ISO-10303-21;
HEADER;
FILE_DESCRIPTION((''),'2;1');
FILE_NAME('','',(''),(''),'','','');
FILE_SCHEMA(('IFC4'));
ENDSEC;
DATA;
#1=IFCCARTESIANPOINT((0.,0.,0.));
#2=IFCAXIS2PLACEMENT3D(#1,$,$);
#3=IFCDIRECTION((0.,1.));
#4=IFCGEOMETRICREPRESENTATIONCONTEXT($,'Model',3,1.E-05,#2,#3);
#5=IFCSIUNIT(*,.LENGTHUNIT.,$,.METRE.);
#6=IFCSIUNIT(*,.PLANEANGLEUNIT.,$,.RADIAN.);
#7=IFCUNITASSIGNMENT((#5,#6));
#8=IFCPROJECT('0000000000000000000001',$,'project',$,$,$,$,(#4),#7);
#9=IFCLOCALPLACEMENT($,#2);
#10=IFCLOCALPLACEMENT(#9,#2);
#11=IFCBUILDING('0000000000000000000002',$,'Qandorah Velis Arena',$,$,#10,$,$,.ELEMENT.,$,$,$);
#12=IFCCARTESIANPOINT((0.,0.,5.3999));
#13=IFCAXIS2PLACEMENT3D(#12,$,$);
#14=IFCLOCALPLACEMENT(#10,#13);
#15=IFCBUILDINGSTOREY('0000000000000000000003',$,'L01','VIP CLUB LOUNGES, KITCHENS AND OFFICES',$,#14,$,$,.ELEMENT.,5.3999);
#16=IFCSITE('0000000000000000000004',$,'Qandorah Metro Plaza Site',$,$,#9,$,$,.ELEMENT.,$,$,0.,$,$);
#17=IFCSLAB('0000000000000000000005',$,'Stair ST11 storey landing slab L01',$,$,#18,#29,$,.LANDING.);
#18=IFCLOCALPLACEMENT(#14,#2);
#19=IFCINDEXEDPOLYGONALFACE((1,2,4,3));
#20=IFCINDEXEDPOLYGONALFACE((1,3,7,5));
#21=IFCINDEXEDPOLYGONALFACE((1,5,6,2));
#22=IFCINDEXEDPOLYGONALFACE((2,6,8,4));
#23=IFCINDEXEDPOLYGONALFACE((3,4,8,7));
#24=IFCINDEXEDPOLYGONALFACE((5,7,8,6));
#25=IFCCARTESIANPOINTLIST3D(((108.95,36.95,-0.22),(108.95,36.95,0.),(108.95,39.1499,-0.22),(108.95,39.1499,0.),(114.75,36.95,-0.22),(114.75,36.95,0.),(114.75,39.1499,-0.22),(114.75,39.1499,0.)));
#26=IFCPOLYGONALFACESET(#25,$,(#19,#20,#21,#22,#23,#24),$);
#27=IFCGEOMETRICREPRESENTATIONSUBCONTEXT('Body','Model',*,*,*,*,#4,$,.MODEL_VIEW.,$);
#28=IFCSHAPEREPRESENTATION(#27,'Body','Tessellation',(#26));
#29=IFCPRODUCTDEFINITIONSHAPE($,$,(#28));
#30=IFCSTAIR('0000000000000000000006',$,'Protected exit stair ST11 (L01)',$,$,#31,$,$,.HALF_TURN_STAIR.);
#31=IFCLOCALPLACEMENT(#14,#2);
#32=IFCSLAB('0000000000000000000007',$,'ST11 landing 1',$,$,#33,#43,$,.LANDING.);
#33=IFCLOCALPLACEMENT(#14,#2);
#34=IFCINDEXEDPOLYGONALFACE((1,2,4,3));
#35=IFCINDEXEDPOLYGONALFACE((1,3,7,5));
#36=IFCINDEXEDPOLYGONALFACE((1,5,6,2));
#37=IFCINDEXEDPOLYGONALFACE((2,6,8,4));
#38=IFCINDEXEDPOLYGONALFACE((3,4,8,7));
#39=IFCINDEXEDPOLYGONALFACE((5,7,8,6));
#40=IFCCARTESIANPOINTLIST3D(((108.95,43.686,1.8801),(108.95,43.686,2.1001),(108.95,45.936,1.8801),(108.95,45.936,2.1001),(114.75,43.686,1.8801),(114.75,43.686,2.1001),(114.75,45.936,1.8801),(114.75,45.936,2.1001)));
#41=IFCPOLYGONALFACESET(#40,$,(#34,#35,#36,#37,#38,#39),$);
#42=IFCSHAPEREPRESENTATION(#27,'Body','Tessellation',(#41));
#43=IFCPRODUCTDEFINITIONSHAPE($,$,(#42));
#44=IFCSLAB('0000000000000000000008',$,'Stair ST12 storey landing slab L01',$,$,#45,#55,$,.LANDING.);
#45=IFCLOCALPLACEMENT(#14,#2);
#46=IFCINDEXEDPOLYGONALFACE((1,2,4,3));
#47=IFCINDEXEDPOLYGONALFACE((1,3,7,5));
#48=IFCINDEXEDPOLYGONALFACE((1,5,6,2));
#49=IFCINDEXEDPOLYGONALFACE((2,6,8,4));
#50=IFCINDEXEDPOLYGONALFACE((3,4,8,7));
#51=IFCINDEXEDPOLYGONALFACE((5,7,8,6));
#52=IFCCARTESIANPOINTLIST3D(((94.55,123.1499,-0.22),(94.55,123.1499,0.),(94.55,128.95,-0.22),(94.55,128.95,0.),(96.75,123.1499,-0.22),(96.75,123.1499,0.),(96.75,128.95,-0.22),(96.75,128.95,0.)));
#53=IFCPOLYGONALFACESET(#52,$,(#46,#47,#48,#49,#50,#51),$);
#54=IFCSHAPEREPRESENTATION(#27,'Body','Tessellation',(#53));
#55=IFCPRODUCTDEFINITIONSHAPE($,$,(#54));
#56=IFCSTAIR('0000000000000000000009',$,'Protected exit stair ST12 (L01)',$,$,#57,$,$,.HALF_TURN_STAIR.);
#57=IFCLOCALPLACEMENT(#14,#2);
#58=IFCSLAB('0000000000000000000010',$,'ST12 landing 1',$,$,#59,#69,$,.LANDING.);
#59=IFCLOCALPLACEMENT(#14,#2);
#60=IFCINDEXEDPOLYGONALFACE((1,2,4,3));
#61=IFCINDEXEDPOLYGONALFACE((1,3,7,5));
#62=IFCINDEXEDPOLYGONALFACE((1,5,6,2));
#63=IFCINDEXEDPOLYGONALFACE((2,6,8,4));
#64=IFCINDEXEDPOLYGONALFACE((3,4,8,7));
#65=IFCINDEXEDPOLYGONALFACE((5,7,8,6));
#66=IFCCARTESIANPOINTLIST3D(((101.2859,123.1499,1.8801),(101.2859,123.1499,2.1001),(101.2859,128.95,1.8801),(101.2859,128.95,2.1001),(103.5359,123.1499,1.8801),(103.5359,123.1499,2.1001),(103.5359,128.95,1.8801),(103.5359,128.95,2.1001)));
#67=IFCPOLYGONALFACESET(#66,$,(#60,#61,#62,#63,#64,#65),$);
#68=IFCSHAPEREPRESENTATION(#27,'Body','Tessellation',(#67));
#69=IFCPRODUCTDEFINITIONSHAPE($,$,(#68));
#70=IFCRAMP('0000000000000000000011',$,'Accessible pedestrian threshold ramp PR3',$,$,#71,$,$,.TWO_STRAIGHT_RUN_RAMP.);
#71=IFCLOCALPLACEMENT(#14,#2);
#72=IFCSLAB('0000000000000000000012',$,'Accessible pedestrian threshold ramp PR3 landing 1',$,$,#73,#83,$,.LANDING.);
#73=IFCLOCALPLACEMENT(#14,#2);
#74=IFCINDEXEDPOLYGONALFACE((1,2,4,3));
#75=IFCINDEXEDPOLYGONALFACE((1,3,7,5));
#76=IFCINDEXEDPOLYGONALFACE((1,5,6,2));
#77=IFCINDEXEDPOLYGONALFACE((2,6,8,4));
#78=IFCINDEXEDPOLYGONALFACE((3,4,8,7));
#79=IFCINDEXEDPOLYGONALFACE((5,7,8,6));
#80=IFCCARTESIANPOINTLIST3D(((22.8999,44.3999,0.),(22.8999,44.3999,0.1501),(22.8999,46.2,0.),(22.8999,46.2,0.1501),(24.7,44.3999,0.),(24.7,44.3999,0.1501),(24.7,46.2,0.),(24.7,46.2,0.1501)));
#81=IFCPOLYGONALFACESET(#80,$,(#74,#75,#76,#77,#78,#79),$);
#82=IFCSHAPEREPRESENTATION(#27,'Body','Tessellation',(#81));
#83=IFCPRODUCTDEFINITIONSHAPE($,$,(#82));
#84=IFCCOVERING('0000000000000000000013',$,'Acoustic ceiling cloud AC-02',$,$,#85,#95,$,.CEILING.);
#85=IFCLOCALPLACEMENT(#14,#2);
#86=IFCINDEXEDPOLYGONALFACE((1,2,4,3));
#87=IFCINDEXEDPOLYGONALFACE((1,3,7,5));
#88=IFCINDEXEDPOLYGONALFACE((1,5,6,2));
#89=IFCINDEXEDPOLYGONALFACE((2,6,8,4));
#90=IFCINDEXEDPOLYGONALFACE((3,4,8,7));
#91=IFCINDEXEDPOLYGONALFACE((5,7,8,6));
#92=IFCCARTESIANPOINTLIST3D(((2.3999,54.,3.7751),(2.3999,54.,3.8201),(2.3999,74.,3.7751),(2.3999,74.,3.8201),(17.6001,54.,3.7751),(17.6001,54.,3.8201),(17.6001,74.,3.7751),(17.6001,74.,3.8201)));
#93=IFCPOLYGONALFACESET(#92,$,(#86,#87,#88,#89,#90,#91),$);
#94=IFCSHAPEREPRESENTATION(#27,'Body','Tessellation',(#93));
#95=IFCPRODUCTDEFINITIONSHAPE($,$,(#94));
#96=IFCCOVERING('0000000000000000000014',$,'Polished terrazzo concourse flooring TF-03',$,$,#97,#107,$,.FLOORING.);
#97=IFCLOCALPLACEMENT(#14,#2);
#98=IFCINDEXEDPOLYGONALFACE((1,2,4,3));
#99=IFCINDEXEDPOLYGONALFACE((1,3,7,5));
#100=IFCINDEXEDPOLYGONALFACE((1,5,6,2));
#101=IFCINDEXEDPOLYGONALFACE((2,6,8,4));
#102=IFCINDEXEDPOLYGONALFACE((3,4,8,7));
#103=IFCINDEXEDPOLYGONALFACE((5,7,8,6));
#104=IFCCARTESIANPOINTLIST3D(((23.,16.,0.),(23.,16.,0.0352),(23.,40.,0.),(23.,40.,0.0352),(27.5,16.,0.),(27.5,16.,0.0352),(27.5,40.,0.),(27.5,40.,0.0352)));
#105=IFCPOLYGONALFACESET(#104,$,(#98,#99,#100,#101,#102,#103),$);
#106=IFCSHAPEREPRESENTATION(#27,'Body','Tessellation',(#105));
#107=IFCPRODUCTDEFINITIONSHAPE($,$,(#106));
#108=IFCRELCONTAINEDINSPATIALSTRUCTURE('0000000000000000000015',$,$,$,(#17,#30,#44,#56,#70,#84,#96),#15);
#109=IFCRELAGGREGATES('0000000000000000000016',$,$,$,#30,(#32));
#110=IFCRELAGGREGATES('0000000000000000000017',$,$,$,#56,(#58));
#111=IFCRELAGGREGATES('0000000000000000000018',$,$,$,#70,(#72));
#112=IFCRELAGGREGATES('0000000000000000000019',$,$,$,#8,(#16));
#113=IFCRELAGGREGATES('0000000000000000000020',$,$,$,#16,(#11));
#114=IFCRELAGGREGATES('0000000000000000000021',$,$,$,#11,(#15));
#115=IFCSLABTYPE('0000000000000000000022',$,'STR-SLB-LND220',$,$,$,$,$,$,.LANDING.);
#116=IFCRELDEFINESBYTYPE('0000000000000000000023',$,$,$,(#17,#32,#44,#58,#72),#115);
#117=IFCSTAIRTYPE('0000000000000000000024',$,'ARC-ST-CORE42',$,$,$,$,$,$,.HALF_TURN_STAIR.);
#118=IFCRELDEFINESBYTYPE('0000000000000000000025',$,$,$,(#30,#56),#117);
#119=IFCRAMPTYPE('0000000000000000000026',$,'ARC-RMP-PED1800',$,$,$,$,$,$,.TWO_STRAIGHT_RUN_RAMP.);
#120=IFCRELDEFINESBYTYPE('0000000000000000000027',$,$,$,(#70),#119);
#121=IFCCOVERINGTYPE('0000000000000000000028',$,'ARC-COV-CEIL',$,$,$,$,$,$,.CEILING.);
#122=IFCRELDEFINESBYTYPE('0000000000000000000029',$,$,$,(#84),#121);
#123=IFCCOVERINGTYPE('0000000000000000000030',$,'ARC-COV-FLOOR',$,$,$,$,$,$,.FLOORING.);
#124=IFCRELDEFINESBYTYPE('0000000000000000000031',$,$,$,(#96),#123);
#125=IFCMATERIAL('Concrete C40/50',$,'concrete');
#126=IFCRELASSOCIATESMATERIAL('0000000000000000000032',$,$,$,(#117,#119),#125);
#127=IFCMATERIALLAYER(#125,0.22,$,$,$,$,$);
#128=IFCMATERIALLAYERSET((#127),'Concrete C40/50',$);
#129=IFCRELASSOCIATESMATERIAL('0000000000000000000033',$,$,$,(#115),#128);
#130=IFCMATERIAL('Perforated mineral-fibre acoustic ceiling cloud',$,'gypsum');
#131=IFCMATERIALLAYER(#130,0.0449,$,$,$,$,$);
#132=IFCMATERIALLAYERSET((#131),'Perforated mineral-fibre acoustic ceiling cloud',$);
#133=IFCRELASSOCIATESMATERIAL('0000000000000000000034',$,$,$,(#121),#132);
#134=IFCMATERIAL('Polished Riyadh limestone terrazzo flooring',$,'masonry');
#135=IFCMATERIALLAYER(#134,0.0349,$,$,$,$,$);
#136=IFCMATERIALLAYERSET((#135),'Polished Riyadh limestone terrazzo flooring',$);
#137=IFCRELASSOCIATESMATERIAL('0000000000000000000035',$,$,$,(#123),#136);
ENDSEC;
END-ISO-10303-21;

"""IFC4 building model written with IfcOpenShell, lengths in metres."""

from ifc_helpers import new_model, si_unit, direction, frame, origin, place, context, subcontext, project, spatial, polyline, outline, extrude, material, layer, layer_set, type_object, element, aggregate, save


model = new_model("IFC4")

# Units and contexts
model_context = context("Model", 3, precision=1e-05, world=origin(), true_north=direction((0.0, 1.0)))
body_context = subcontext(model_context, "Body", "Model", "MODEL_VIEW")
ifc_project = project(units=[si_unit("LENGTHUNIT", "METRE"), si_unit("PLANEANGLEUNIT", "RADIAN")], contexts=[model_context])

# Site, building, storey
site_placement = place(None, origin())
site = spatial("IfcSite", under=ifc_project, at=site_placement, Name="Qandorah Metro Plaza Site", CompositionType="ELEMENT", RefElevation=0.0)
building_placement = place(site_placement, origin())
building = spatial("IfcBuilding", under=site, at=building_placement, Name="Qandorah Velis Arena", CompositionType="ELEMENT")
storey_placement = place(building_placement, frame((0.0, 0.0, 5.3999)))
storey = spatial("IfcBuildingStorey", under=building, at=storey_placement, Name="L01", Description="VIP CLUB LOUNGES, KITCHENS AND OFFICES", CompositionType="ELEMENT", Elevation=5.3999)

# Shared definitions
ifc_material_1 = material(Name="Concrete C40/50", Category="concrete")
stair_type = type_object("IfcStairType", Name="ARC-ST-CORE42", PredefinedType="HALF_TURN_STAIR", material=ifc_material_1)
ifc_layer_1 = layer(ifc_material_1, 0.22)
ifc_layer_set_1 = layer_set([ifc_layer_1], Name="Concrete C40/50")
slab_type = type_object("IfcSlabType", Name="STR-SLB-LND220", PredefinedType="LANDING", material=ifc_layer_set_1)

# Slab
slab_1_placement = place(storey_placement, frame((0.0, 0.0, -0.22)))
element("IfcSlab", 1, at=slab_1_placement, inside=storey, type_object=slab_type, Name="Stair ST11 storey landing slab L01", PredefinedType="LANDING", context=body_context, shape_type="SweptSolid", body=[
    extrude(outline(polyline([(108.95, 36.95), (114.75, 36.95), (114.75, 39.1499), (108.95, 39.1499), (108.95, 36.95)])), origin(), (0.0, 0.0, 1.0), 0.22),
])

# Stair, slab
stair_1_placement = place(storey_placement, origin())
stair_1 = element("IfcStair", 2, at=stair_1_placement, inside=storey, type_object=stair_type, Name="Protected exit stair ST11 (L01)", PredefinedType="HALF_TURN_STAIR")
slab_2_placement = place(storey_placement, frame((0.0, 0.0, 1.8801)))
slab_2 = element("IfcSlab", 3, at=slab_2_placement, type_object=slab_type, Name="ST11 landing 1", PredefinedType="LANDING", context=body_context, shape_type="SweptSolid", body=[
    extrude(outline(polyline([(108.95, 43.686), (114.75, 43.686), (114.75, 45.936), (108.95, 45.936), (108.95, 43.686)])), origin(), (0.0, 0.0, 1.0), 0.22),
])
aggregate(stair_1, [slab_2])

# Slab
slab_3_placement = place(storey_placement, frame((0.0, 0.0, -0.22)))
element("IfcSlab", 4, at=slab_3_placement, inside=storey, type_object=slab_type, Name="Stair ST12 storey landing slab L01", PredefinedType="LANDING", context=body_context, shape_type="SweptSolid", body=[
    extrude(outline(polyline([(94.55, 123.1499), (96.75, 123.1499), (96.75, 128.95), (94.55, 128.95), (94.55, 123.1499)])), origin(), (0.0, 0.0, 1.0), 0.22),
])

# Stair, slab
stair_2_placement = place(storey_placement, origin())
stair_2 = element("IfcStair", 5, at=stair_2_placement, inside=storey, type_object=stair_type, Name="Protected exit stair ST12 (L01)", PredefinedType="HALF_TURN_STAIR")
slab_4_placement = place(storey_placement, frame((0.0, 0.0, 1.8801)))
slab_4 = element("IfcSlab", 6, at=slab_4_placement, type_object=slab_type, Name="ST12 landing 1", PredefinedType="LANDING", context=body_context, shape_type="SweptSolid", body=[
    extrude(outline(polyline([(101.2859, 123.1499), (103.5359, 123.1499), (103.5359, 128.95), (101.2859, 128.95), (101.2859, 123.1499)])), origin(), (0.0, 0.0, 1.0), 0.22),
])
aggregate(stair_2, [slab_4])

# Ramp, slab
ramp_type = type_object("IfcRampType", Name="ARC-RMP-PED1800", PredefinedType="TWO_STRAIGHT_RUN_RAMP", material=ifc_material_1)
ramp_placement = place(storey_placement, origin())
ramp = element("IfcRamp", 7, at=ramp_placement, inside=storey, type_object=ramp_type, Name="Accessible pedestrian threshold ramp PR3", PredefinedType="TWO_STRAIGHT_RUN_RAMP")
slab_5_placement = place(storey_placement, origin())
slab_5 = element("IfcSlab", 8, at=slab_5_placement, type_object=slab_type, Name="Accessible pedestrian threshold ramp PR3 landing 1", PredefinedType="LANDING", context=body_context, shape_type="SweptSolid", body=[
    extrude(outline(polyline([(22.8999, 44.3999), (24.7, 44.3999), (24.7, 46.2), (22.8999, 46.2), (22.8999, 44.3999)])), origin(), (0.0, 0.0, 1.0), 0.1501),
])
aggregate(ramp, [slab_5])

# Coverings
ifc_material_2 = material(Name="Perforated mineral-fibre acoustic ceiling cloud", Category="gypsum")
ifc_layer_2 = layer(ifc_material_2, 0.0449)
ifc_layer_set_2 = layer_set([ifc_layer_2], Name="Perforated mineral-fibre acoustic ceiling cloud")
covering_type_1 = type_object("IfcCoveringType", Name="ARC-COV-CEIL", PredefinedType="CEILING", material=ifc_layer_set_2)
covering_1_placement = place(storey_placement, frame((0.0, 0.0, 3.7751)))
element("IfcCovering", 9, at=covering_1_placement, inside=storey, type_object=covering_type_1, Name="Acoustic ceiling cloud AC-02", PredefinedType="CEILING", context=body_context, shape_type="SweptSolid", body=[
    extrude(outline(polyline([(2.3999, 54.0), (17.6001, 54.0), (17.6001, 74.0), (2.3999, 74.0), (2.3999, 54.0)])), origin(), (0.0, 0.0, 1.0), 0.0449),
])
ifc_material_3 = material(Name="Polished Riyadh limestone terrazzo flooring", Category="masonry")
ifc_layer_3 = layer(ifc_material_3, 0.0349)
ifc_layer_set_3 = layer_set([ifc_layer_3], Name="Polished Riyadh limestone terrazzo flooring")
covering_type_2 = type_object("IfcCoveringType", Name="ARC-COV-FLOOR", PredefinedType="FLOORING", material=ifc_layer_set_3)
covering_2_placement = place(storey_placement, origin())
element("IfcCovering", 10, at=covering_2_placement, inside=storey, type_object=covering_type_2, Name="Polished terrazzo concourse flooring TF-03", PredefinedType="FLOORING", context=body_context, shape_type="SweptSolid", body=[
    extrude(outline(polyline([(23.0, 16.0), (27.5, 16.0), (27.5, 40.0), (23.0, 40.0), (23.0, 16.0)])), origin(), (0.0, 0.0, 1.0), 0.0352),
])

save(model, "model.ifc")
